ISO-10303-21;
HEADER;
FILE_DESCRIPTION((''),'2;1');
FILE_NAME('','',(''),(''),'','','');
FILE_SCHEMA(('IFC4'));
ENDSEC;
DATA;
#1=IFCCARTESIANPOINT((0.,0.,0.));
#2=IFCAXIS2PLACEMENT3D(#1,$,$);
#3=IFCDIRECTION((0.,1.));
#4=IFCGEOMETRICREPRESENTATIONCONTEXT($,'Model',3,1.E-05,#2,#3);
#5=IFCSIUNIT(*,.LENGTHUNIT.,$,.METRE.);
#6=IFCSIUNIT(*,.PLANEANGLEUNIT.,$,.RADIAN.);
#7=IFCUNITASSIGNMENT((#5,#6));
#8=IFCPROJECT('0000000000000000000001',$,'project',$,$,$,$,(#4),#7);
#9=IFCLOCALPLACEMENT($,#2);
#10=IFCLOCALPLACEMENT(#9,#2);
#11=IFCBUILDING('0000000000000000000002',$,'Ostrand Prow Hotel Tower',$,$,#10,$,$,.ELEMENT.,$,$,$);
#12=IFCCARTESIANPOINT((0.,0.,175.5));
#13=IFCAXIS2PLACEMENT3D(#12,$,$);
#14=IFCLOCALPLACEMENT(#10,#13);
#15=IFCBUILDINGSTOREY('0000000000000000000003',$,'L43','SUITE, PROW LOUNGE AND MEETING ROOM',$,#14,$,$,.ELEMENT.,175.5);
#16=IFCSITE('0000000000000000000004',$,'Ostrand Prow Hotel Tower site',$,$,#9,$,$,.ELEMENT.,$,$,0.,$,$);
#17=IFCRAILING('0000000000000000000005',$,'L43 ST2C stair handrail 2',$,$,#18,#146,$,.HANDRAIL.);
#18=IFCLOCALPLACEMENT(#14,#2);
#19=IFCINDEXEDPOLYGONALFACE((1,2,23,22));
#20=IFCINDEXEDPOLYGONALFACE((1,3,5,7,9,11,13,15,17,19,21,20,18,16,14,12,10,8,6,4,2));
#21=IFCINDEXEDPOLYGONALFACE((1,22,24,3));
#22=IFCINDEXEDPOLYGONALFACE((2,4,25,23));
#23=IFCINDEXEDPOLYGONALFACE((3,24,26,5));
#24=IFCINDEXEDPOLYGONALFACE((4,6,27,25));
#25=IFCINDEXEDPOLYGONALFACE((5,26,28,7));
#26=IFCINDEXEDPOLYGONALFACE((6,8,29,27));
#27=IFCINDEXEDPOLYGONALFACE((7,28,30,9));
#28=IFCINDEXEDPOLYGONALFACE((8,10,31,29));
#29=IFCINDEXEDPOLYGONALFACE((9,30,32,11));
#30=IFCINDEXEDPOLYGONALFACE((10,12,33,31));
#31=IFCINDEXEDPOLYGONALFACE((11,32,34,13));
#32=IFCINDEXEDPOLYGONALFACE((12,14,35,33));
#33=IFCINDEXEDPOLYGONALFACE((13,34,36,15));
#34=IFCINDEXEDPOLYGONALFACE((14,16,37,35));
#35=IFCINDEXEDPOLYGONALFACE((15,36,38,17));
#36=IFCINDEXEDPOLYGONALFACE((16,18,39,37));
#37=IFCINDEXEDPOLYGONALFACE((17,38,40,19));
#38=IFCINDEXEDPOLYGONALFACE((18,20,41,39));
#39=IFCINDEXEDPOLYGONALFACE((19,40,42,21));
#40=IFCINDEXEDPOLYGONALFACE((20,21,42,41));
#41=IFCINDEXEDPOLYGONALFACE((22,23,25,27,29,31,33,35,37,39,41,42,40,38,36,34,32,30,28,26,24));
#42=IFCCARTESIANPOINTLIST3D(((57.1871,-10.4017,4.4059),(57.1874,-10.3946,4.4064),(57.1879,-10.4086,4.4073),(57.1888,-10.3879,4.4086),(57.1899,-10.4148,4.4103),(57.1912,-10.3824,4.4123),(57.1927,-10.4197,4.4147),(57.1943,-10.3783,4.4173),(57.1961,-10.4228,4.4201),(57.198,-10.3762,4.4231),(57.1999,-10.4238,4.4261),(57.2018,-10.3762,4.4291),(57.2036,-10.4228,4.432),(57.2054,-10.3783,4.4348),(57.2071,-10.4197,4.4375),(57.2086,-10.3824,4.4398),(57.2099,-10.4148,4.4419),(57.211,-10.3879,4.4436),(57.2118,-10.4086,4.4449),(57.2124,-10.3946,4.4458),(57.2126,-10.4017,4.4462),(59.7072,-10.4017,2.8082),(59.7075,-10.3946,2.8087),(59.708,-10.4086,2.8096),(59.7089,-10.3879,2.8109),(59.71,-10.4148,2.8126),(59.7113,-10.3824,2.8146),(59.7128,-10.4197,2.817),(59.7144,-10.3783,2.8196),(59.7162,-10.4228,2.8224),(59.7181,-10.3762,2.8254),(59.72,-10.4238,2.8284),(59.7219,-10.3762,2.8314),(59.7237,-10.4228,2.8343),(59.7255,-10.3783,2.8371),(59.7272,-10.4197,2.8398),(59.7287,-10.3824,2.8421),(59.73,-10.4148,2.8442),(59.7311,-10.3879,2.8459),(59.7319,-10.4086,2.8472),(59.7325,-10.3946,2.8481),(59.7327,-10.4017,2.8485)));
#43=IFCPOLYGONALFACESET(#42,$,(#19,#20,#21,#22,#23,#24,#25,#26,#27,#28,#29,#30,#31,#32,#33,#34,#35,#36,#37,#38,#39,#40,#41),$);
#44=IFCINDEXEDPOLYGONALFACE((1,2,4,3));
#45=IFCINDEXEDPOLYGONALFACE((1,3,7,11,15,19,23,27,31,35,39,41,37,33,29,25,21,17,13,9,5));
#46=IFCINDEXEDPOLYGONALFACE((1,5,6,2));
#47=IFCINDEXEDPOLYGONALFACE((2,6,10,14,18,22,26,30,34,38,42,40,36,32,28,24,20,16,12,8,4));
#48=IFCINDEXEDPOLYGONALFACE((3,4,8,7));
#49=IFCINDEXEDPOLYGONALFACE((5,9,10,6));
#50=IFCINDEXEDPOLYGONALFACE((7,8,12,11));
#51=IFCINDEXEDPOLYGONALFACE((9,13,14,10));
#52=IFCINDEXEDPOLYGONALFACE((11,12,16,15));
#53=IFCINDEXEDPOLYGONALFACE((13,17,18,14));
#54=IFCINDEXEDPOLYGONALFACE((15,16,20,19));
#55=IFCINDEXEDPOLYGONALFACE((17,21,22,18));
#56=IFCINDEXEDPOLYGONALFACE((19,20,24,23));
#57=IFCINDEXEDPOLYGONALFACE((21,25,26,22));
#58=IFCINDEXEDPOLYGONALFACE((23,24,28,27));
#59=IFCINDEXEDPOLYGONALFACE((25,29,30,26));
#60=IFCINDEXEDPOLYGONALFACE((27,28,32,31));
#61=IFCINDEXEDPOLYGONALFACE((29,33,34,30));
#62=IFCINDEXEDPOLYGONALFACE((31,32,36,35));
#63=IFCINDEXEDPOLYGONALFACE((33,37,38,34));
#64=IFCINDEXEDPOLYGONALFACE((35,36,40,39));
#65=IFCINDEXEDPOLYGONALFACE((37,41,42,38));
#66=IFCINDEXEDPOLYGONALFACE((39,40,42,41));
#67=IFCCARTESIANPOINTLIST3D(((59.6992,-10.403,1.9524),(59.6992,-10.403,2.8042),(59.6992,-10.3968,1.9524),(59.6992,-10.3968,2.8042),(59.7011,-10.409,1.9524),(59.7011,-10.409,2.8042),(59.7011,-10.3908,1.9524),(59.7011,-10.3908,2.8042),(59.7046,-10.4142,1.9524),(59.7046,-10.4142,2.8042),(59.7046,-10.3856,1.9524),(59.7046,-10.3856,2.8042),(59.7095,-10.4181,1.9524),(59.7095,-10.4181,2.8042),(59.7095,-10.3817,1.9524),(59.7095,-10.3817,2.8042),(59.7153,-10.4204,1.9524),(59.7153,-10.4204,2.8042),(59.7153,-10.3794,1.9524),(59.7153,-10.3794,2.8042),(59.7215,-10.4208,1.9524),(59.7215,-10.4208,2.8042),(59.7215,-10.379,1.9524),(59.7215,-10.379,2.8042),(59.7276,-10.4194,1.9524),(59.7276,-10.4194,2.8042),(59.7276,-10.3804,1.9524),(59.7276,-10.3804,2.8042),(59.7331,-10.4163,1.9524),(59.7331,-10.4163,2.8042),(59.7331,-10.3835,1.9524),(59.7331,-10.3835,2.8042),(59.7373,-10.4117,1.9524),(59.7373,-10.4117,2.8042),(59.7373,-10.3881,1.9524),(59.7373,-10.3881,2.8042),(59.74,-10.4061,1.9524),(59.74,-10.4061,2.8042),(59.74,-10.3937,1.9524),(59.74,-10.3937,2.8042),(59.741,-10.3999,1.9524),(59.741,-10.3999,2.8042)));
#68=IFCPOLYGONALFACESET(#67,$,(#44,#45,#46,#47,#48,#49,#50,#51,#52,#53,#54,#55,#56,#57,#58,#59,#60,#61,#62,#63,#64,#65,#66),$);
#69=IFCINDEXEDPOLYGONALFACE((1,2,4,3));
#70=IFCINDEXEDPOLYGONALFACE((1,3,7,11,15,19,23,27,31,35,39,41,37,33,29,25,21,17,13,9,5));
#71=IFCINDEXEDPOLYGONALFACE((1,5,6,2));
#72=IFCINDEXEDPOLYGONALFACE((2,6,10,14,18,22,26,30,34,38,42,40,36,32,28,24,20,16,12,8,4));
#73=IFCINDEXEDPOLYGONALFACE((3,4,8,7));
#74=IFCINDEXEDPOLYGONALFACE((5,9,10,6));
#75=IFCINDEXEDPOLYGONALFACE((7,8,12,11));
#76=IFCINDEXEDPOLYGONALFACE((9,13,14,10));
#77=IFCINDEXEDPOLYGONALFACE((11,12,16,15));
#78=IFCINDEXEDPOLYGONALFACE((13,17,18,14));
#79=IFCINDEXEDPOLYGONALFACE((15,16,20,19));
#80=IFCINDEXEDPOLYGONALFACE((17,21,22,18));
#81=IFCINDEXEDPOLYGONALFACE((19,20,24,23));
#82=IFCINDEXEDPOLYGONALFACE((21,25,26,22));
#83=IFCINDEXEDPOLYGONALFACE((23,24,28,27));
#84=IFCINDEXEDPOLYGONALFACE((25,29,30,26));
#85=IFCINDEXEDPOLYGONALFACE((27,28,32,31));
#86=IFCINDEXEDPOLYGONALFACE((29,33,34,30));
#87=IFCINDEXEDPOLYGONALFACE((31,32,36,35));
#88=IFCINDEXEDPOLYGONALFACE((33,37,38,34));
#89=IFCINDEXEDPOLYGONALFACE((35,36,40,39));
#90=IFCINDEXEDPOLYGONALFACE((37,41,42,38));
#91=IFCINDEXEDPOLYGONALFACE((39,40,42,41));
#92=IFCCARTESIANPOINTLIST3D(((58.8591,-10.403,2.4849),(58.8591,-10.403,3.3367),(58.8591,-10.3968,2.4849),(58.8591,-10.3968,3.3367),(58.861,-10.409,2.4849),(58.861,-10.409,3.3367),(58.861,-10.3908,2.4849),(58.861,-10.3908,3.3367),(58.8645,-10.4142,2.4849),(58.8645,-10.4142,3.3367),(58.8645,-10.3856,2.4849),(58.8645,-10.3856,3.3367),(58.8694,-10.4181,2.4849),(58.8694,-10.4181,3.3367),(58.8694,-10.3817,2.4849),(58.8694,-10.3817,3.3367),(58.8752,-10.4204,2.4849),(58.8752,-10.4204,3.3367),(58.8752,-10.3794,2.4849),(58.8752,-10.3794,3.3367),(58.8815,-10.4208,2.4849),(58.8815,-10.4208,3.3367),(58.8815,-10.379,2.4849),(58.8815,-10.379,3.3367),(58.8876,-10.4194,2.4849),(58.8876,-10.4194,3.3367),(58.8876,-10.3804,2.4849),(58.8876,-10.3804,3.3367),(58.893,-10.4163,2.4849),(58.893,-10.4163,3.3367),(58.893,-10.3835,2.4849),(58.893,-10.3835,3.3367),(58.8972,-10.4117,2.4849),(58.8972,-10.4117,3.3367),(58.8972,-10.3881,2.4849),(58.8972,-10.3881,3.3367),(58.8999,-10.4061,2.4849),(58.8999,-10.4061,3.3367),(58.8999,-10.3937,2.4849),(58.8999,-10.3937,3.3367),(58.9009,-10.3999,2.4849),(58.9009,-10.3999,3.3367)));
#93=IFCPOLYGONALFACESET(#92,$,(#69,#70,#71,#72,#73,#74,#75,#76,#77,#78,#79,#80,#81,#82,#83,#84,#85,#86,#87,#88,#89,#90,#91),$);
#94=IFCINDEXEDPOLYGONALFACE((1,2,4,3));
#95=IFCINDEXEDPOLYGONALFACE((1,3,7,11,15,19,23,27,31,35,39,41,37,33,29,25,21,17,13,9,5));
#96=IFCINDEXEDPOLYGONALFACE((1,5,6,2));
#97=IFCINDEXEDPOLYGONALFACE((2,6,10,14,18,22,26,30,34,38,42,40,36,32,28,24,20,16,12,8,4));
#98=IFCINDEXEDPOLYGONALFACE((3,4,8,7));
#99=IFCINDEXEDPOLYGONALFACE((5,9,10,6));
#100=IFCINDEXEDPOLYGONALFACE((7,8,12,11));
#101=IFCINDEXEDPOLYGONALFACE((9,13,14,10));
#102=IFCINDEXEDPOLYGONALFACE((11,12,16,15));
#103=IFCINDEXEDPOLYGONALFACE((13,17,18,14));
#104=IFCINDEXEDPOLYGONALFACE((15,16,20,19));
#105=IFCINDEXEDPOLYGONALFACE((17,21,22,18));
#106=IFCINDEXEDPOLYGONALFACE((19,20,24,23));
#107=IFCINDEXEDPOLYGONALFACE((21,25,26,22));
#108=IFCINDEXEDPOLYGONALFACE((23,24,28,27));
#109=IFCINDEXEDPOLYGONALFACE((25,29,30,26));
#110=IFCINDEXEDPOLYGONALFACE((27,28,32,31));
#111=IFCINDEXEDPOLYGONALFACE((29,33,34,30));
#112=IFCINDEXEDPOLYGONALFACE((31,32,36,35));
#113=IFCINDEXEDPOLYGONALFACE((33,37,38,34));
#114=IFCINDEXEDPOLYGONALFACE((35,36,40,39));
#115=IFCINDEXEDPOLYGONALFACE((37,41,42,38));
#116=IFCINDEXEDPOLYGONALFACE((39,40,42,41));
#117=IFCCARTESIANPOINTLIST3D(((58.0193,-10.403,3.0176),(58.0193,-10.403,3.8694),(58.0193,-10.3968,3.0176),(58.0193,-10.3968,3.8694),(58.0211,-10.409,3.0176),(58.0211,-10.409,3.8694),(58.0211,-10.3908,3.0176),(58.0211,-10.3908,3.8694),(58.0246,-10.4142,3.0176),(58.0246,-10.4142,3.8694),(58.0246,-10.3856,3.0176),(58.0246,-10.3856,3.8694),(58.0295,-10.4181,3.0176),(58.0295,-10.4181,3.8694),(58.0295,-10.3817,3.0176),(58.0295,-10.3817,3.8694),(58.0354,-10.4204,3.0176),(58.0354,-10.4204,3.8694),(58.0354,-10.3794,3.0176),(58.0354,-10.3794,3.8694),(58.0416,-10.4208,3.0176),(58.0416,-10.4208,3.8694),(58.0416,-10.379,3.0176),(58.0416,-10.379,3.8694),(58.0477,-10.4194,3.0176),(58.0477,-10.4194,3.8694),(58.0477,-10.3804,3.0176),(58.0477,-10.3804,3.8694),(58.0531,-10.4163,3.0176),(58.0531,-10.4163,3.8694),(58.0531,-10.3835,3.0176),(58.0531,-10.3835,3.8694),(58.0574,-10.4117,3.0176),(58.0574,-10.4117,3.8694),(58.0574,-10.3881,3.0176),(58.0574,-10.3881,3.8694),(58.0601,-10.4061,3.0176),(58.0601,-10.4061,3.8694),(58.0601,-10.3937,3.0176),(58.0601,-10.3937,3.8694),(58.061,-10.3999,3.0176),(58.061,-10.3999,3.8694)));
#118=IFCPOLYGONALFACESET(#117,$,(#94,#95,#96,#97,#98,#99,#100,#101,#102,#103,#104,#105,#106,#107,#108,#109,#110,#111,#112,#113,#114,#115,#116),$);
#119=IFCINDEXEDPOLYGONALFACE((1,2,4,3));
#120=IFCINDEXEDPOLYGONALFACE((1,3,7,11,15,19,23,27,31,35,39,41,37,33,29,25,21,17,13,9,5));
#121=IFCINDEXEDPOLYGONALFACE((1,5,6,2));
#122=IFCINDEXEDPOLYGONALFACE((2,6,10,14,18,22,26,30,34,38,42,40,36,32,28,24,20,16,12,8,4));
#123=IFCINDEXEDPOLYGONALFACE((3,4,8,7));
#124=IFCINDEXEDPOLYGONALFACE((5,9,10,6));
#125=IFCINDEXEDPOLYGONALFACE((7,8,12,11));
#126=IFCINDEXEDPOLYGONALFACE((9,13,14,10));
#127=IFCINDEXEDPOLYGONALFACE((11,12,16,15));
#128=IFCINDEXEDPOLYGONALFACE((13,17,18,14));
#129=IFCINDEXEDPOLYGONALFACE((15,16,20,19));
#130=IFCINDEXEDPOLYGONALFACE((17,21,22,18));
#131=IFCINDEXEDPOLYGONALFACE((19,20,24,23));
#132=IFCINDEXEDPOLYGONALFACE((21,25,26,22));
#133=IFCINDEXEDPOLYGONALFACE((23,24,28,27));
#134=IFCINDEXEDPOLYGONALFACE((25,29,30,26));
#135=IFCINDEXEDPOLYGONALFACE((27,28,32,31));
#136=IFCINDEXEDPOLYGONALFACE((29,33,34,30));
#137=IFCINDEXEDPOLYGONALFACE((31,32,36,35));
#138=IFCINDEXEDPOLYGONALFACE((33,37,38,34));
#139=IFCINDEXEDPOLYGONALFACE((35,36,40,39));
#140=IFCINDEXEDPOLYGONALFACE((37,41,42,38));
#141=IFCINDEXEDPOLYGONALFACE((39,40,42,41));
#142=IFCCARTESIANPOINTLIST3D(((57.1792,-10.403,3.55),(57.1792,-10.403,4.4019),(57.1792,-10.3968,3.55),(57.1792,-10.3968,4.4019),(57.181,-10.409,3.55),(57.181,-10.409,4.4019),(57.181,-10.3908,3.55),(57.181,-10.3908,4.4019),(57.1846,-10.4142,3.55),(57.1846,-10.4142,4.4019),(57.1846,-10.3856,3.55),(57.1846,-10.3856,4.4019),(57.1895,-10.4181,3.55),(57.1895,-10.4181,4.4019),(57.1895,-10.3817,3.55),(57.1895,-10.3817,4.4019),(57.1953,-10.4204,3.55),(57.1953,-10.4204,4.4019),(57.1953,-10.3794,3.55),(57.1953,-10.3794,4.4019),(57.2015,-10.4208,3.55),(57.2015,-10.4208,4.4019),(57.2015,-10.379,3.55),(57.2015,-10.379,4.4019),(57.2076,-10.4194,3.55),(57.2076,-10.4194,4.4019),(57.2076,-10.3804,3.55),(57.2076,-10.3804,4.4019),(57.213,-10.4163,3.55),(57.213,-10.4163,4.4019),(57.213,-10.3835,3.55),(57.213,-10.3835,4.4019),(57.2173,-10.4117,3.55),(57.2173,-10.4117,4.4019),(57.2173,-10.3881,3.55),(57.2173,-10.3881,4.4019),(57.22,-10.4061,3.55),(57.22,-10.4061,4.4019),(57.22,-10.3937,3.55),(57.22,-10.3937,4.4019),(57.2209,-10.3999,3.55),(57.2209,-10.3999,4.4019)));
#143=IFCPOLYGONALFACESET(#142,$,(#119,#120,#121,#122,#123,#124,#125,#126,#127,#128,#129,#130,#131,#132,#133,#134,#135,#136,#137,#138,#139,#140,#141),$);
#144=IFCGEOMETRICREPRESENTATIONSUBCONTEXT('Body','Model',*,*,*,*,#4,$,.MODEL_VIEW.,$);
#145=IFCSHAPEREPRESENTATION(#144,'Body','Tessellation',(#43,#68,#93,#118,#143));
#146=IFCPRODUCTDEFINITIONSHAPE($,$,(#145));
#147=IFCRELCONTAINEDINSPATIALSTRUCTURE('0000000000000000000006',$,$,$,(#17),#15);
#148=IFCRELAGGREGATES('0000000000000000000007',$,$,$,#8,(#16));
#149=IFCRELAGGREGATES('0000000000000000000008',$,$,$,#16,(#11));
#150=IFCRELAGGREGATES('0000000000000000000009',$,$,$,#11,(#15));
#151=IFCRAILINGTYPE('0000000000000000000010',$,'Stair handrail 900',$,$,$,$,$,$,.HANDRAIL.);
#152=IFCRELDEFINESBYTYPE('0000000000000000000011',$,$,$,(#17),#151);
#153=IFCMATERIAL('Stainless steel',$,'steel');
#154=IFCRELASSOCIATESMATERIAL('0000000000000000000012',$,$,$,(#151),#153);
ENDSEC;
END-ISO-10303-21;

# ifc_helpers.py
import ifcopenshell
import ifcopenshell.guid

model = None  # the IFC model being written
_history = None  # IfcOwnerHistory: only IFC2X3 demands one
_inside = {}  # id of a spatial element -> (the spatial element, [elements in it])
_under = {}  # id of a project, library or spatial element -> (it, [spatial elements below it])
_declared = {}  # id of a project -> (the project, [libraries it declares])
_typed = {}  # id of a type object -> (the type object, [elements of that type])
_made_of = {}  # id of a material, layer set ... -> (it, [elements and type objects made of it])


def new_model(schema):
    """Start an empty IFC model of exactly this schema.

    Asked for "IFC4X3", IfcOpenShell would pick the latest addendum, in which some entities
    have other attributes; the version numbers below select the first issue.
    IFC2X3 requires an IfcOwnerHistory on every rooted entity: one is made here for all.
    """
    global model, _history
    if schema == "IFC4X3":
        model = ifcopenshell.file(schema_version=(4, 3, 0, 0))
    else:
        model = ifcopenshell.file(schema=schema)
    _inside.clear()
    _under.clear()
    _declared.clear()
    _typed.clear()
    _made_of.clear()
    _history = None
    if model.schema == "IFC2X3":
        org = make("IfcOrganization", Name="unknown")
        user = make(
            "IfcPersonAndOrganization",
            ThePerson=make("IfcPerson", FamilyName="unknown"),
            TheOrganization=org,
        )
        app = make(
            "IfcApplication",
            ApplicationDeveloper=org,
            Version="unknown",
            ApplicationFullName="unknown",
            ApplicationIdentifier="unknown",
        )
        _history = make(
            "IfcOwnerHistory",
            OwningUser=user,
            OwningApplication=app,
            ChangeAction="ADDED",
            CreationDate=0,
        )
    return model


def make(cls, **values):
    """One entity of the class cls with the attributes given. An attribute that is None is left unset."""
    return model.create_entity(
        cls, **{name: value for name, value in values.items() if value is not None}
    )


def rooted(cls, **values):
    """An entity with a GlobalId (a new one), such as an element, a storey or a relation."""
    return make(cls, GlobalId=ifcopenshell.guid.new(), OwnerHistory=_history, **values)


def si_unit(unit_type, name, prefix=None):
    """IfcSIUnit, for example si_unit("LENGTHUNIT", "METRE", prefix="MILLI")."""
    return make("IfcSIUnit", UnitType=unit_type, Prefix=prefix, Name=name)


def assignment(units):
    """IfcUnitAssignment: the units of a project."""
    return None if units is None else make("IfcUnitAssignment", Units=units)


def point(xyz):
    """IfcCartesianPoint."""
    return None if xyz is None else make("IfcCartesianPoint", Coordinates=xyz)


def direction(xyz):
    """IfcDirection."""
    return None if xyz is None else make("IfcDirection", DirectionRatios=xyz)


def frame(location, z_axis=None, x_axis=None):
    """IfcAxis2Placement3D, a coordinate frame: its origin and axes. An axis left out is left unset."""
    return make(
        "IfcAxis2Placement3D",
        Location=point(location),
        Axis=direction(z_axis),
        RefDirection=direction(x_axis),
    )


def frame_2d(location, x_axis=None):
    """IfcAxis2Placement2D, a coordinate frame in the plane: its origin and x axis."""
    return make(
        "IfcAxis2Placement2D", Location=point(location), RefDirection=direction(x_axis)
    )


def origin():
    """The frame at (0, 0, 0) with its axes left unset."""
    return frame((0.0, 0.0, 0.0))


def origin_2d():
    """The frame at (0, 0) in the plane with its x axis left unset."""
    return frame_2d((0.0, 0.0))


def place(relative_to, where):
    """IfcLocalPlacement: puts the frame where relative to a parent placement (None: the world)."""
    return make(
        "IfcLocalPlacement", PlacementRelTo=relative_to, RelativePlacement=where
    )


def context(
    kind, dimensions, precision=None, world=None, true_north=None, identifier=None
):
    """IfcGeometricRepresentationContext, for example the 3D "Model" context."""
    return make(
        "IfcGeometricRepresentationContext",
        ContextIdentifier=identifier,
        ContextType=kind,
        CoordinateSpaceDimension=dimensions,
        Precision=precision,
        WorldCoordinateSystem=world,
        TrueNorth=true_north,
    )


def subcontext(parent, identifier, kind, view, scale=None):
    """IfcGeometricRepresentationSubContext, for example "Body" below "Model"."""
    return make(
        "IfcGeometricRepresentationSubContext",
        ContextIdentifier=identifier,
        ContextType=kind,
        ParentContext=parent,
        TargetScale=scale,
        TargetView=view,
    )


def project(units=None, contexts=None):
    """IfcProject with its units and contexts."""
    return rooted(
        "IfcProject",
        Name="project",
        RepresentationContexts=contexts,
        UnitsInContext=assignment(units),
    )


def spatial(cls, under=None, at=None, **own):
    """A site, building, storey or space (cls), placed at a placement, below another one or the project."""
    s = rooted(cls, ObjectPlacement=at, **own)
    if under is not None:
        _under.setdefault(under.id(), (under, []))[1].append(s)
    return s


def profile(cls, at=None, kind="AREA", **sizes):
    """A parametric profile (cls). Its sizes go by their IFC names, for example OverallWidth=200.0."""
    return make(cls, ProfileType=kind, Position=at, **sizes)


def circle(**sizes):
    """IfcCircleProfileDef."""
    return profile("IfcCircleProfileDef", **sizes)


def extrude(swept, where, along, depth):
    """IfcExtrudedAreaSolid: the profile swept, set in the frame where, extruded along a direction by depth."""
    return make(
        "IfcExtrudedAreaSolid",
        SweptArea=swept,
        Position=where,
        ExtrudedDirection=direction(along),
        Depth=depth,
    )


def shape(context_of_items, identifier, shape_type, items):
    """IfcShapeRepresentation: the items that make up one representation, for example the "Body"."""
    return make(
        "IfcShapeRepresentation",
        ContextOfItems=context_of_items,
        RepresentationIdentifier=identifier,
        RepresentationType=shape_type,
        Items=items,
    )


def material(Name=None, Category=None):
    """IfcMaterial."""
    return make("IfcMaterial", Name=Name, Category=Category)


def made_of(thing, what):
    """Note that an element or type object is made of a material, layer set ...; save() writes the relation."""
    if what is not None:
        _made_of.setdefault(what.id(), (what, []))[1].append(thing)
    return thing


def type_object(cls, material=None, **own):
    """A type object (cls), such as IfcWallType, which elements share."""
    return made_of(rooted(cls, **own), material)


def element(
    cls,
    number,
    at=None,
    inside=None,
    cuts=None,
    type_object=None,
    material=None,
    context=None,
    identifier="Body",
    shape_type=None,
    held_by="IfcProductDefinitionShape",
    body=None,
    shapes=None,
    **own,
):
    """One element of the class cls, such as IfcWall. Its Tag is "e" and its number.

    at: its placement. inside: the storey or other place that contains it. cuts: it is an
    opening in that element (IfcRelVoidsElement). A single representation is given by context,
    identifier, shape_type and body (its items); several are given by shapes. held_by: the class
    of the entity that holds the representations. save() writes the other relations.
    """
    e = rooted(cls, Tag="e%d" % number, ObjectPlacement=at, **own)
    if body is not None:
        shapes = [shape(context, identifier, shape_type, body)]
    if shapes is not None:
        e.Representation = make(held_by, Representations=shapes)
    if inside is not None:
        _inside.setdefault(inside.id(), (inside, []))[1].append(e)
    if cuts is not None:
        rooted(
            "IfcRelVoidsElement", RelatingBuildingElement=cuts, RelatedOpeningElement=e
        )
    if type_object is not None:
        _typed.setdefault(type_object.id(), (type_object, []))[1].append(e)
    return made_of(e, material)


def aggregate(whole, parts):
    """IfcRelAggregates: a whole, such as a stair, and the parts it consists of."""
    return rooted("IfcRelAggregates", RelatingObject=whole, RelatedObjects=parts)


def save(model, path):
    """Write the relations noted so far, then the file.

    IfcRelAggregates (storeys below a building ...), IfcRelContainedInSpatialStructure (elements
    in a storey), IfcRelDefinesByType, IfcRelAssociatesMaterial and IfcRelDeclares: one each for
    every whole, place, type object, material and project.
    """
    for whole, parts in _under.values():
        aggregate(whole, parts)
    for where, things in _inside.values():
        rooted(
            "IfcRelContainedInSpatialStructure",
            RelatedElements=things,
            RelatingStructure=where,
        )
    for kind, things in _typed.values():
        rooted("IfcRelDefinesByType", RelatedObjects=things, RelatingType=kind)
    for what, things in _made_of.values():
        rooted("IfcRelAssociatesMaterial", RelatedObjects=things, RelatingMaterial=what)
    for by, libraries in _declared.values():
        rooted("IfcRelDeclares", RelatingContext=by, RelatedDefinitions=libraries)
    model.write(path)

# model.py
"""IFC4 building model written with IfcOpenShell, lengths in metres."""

from ifc_helpers import new_model, si_unit, direction, frame, origin, origin_2d, place, context, subcontext, project, spatial, circle, extrude, material, type_object, element, save


model = new_model("IFC4")

# Units and contexts
model_context = context("Model", 3, precision=1e-05, world=origin(), true_north=direction((0.0, 1.0)))
body_context = subcontext(model_context, "Body", "Model", "MODEL_VIEW")
ifc_project = project(units=[si_unit("LENGTHUNIT", "METRE"), si_unit("PLANEANGLEUNIT", "RADIAN")], contexts=[model_context])

# Site, building, storey
site_placement = place(None, origin())
site = spatial("IfcSite", under=ifc_project, at=site_placement, Name="Ostrand Prow Hotel Tower site", CompositionType="ELEMENT", RefElevation=0.0)
building_placement = place(site_placement, origin())
building = spatial("IfcBuilding", under=site, at=building_placement, Name="Ostrand Prow Hotel Tower", CompositionType="ELEMENT")
storey_placement = place(building_placement, frame((0.0, 0.0, 175.5)))
storey = spatial("IfcBuildingStorey", under=building, at=storey_placement, Name="L43", Description="SUITE, PROW LOUNGE AND MEETING ROOM", CompositionType="ELEMENT", Elevation=175.5)

# Railing
ifc_material_1 = material(Name="Stainless steel", Category="steel")
railing_type_1 = type_object("IfcRailingType", Name="Stair handrail 900", PredefinedType="HANDRAIL", material=ifc_material_1)
railing_1_placement = place(storey_placement, frame((59.72, -10.3999, 1.9524)))
element("IfcRailing", 1, at=railing_1_placement, inside=storey, type_object=railing_type_1, Name="L43 ST2C stair handrail 2", PredefinedType="HANDRAIL", context=body_context, shape_type="SweptSolid", body=[
    extrude(circle(Radius=0.0239, at=origin_2d()), frame((0.0, 0.0, 0.876), z_axis=(-0.84457, 0.0, 0.535445), x_axis=(0.0, -1.0, 0.0)), (0.0, 0.0, 1.0), 2.9839),
    extrude(circle(Radius=0.021, at=origin_2d()), origin(), (0.0, 0.0, 1.0), 0.8518),
    extrude(circle(Radius=0.021, at=origin_2d()), frame((-0.8401, 0.0, 0.5325)), (0.0, 0.0, 1.0), 0.8518),
    extrude(circle(Radius=0.021, at=origin_2d()), frame((-1.6799, 0.0, 1.0652)), (0.0, 0.0, 1.0), 0.8518),
    extrude(circle(Radius=0.021, at=origin_2d()), frame((-2.52, 0.0, 1.5977)), (0.0, 0.0, 1.0), 0.8518),
])

save(model, "model.ifc")
